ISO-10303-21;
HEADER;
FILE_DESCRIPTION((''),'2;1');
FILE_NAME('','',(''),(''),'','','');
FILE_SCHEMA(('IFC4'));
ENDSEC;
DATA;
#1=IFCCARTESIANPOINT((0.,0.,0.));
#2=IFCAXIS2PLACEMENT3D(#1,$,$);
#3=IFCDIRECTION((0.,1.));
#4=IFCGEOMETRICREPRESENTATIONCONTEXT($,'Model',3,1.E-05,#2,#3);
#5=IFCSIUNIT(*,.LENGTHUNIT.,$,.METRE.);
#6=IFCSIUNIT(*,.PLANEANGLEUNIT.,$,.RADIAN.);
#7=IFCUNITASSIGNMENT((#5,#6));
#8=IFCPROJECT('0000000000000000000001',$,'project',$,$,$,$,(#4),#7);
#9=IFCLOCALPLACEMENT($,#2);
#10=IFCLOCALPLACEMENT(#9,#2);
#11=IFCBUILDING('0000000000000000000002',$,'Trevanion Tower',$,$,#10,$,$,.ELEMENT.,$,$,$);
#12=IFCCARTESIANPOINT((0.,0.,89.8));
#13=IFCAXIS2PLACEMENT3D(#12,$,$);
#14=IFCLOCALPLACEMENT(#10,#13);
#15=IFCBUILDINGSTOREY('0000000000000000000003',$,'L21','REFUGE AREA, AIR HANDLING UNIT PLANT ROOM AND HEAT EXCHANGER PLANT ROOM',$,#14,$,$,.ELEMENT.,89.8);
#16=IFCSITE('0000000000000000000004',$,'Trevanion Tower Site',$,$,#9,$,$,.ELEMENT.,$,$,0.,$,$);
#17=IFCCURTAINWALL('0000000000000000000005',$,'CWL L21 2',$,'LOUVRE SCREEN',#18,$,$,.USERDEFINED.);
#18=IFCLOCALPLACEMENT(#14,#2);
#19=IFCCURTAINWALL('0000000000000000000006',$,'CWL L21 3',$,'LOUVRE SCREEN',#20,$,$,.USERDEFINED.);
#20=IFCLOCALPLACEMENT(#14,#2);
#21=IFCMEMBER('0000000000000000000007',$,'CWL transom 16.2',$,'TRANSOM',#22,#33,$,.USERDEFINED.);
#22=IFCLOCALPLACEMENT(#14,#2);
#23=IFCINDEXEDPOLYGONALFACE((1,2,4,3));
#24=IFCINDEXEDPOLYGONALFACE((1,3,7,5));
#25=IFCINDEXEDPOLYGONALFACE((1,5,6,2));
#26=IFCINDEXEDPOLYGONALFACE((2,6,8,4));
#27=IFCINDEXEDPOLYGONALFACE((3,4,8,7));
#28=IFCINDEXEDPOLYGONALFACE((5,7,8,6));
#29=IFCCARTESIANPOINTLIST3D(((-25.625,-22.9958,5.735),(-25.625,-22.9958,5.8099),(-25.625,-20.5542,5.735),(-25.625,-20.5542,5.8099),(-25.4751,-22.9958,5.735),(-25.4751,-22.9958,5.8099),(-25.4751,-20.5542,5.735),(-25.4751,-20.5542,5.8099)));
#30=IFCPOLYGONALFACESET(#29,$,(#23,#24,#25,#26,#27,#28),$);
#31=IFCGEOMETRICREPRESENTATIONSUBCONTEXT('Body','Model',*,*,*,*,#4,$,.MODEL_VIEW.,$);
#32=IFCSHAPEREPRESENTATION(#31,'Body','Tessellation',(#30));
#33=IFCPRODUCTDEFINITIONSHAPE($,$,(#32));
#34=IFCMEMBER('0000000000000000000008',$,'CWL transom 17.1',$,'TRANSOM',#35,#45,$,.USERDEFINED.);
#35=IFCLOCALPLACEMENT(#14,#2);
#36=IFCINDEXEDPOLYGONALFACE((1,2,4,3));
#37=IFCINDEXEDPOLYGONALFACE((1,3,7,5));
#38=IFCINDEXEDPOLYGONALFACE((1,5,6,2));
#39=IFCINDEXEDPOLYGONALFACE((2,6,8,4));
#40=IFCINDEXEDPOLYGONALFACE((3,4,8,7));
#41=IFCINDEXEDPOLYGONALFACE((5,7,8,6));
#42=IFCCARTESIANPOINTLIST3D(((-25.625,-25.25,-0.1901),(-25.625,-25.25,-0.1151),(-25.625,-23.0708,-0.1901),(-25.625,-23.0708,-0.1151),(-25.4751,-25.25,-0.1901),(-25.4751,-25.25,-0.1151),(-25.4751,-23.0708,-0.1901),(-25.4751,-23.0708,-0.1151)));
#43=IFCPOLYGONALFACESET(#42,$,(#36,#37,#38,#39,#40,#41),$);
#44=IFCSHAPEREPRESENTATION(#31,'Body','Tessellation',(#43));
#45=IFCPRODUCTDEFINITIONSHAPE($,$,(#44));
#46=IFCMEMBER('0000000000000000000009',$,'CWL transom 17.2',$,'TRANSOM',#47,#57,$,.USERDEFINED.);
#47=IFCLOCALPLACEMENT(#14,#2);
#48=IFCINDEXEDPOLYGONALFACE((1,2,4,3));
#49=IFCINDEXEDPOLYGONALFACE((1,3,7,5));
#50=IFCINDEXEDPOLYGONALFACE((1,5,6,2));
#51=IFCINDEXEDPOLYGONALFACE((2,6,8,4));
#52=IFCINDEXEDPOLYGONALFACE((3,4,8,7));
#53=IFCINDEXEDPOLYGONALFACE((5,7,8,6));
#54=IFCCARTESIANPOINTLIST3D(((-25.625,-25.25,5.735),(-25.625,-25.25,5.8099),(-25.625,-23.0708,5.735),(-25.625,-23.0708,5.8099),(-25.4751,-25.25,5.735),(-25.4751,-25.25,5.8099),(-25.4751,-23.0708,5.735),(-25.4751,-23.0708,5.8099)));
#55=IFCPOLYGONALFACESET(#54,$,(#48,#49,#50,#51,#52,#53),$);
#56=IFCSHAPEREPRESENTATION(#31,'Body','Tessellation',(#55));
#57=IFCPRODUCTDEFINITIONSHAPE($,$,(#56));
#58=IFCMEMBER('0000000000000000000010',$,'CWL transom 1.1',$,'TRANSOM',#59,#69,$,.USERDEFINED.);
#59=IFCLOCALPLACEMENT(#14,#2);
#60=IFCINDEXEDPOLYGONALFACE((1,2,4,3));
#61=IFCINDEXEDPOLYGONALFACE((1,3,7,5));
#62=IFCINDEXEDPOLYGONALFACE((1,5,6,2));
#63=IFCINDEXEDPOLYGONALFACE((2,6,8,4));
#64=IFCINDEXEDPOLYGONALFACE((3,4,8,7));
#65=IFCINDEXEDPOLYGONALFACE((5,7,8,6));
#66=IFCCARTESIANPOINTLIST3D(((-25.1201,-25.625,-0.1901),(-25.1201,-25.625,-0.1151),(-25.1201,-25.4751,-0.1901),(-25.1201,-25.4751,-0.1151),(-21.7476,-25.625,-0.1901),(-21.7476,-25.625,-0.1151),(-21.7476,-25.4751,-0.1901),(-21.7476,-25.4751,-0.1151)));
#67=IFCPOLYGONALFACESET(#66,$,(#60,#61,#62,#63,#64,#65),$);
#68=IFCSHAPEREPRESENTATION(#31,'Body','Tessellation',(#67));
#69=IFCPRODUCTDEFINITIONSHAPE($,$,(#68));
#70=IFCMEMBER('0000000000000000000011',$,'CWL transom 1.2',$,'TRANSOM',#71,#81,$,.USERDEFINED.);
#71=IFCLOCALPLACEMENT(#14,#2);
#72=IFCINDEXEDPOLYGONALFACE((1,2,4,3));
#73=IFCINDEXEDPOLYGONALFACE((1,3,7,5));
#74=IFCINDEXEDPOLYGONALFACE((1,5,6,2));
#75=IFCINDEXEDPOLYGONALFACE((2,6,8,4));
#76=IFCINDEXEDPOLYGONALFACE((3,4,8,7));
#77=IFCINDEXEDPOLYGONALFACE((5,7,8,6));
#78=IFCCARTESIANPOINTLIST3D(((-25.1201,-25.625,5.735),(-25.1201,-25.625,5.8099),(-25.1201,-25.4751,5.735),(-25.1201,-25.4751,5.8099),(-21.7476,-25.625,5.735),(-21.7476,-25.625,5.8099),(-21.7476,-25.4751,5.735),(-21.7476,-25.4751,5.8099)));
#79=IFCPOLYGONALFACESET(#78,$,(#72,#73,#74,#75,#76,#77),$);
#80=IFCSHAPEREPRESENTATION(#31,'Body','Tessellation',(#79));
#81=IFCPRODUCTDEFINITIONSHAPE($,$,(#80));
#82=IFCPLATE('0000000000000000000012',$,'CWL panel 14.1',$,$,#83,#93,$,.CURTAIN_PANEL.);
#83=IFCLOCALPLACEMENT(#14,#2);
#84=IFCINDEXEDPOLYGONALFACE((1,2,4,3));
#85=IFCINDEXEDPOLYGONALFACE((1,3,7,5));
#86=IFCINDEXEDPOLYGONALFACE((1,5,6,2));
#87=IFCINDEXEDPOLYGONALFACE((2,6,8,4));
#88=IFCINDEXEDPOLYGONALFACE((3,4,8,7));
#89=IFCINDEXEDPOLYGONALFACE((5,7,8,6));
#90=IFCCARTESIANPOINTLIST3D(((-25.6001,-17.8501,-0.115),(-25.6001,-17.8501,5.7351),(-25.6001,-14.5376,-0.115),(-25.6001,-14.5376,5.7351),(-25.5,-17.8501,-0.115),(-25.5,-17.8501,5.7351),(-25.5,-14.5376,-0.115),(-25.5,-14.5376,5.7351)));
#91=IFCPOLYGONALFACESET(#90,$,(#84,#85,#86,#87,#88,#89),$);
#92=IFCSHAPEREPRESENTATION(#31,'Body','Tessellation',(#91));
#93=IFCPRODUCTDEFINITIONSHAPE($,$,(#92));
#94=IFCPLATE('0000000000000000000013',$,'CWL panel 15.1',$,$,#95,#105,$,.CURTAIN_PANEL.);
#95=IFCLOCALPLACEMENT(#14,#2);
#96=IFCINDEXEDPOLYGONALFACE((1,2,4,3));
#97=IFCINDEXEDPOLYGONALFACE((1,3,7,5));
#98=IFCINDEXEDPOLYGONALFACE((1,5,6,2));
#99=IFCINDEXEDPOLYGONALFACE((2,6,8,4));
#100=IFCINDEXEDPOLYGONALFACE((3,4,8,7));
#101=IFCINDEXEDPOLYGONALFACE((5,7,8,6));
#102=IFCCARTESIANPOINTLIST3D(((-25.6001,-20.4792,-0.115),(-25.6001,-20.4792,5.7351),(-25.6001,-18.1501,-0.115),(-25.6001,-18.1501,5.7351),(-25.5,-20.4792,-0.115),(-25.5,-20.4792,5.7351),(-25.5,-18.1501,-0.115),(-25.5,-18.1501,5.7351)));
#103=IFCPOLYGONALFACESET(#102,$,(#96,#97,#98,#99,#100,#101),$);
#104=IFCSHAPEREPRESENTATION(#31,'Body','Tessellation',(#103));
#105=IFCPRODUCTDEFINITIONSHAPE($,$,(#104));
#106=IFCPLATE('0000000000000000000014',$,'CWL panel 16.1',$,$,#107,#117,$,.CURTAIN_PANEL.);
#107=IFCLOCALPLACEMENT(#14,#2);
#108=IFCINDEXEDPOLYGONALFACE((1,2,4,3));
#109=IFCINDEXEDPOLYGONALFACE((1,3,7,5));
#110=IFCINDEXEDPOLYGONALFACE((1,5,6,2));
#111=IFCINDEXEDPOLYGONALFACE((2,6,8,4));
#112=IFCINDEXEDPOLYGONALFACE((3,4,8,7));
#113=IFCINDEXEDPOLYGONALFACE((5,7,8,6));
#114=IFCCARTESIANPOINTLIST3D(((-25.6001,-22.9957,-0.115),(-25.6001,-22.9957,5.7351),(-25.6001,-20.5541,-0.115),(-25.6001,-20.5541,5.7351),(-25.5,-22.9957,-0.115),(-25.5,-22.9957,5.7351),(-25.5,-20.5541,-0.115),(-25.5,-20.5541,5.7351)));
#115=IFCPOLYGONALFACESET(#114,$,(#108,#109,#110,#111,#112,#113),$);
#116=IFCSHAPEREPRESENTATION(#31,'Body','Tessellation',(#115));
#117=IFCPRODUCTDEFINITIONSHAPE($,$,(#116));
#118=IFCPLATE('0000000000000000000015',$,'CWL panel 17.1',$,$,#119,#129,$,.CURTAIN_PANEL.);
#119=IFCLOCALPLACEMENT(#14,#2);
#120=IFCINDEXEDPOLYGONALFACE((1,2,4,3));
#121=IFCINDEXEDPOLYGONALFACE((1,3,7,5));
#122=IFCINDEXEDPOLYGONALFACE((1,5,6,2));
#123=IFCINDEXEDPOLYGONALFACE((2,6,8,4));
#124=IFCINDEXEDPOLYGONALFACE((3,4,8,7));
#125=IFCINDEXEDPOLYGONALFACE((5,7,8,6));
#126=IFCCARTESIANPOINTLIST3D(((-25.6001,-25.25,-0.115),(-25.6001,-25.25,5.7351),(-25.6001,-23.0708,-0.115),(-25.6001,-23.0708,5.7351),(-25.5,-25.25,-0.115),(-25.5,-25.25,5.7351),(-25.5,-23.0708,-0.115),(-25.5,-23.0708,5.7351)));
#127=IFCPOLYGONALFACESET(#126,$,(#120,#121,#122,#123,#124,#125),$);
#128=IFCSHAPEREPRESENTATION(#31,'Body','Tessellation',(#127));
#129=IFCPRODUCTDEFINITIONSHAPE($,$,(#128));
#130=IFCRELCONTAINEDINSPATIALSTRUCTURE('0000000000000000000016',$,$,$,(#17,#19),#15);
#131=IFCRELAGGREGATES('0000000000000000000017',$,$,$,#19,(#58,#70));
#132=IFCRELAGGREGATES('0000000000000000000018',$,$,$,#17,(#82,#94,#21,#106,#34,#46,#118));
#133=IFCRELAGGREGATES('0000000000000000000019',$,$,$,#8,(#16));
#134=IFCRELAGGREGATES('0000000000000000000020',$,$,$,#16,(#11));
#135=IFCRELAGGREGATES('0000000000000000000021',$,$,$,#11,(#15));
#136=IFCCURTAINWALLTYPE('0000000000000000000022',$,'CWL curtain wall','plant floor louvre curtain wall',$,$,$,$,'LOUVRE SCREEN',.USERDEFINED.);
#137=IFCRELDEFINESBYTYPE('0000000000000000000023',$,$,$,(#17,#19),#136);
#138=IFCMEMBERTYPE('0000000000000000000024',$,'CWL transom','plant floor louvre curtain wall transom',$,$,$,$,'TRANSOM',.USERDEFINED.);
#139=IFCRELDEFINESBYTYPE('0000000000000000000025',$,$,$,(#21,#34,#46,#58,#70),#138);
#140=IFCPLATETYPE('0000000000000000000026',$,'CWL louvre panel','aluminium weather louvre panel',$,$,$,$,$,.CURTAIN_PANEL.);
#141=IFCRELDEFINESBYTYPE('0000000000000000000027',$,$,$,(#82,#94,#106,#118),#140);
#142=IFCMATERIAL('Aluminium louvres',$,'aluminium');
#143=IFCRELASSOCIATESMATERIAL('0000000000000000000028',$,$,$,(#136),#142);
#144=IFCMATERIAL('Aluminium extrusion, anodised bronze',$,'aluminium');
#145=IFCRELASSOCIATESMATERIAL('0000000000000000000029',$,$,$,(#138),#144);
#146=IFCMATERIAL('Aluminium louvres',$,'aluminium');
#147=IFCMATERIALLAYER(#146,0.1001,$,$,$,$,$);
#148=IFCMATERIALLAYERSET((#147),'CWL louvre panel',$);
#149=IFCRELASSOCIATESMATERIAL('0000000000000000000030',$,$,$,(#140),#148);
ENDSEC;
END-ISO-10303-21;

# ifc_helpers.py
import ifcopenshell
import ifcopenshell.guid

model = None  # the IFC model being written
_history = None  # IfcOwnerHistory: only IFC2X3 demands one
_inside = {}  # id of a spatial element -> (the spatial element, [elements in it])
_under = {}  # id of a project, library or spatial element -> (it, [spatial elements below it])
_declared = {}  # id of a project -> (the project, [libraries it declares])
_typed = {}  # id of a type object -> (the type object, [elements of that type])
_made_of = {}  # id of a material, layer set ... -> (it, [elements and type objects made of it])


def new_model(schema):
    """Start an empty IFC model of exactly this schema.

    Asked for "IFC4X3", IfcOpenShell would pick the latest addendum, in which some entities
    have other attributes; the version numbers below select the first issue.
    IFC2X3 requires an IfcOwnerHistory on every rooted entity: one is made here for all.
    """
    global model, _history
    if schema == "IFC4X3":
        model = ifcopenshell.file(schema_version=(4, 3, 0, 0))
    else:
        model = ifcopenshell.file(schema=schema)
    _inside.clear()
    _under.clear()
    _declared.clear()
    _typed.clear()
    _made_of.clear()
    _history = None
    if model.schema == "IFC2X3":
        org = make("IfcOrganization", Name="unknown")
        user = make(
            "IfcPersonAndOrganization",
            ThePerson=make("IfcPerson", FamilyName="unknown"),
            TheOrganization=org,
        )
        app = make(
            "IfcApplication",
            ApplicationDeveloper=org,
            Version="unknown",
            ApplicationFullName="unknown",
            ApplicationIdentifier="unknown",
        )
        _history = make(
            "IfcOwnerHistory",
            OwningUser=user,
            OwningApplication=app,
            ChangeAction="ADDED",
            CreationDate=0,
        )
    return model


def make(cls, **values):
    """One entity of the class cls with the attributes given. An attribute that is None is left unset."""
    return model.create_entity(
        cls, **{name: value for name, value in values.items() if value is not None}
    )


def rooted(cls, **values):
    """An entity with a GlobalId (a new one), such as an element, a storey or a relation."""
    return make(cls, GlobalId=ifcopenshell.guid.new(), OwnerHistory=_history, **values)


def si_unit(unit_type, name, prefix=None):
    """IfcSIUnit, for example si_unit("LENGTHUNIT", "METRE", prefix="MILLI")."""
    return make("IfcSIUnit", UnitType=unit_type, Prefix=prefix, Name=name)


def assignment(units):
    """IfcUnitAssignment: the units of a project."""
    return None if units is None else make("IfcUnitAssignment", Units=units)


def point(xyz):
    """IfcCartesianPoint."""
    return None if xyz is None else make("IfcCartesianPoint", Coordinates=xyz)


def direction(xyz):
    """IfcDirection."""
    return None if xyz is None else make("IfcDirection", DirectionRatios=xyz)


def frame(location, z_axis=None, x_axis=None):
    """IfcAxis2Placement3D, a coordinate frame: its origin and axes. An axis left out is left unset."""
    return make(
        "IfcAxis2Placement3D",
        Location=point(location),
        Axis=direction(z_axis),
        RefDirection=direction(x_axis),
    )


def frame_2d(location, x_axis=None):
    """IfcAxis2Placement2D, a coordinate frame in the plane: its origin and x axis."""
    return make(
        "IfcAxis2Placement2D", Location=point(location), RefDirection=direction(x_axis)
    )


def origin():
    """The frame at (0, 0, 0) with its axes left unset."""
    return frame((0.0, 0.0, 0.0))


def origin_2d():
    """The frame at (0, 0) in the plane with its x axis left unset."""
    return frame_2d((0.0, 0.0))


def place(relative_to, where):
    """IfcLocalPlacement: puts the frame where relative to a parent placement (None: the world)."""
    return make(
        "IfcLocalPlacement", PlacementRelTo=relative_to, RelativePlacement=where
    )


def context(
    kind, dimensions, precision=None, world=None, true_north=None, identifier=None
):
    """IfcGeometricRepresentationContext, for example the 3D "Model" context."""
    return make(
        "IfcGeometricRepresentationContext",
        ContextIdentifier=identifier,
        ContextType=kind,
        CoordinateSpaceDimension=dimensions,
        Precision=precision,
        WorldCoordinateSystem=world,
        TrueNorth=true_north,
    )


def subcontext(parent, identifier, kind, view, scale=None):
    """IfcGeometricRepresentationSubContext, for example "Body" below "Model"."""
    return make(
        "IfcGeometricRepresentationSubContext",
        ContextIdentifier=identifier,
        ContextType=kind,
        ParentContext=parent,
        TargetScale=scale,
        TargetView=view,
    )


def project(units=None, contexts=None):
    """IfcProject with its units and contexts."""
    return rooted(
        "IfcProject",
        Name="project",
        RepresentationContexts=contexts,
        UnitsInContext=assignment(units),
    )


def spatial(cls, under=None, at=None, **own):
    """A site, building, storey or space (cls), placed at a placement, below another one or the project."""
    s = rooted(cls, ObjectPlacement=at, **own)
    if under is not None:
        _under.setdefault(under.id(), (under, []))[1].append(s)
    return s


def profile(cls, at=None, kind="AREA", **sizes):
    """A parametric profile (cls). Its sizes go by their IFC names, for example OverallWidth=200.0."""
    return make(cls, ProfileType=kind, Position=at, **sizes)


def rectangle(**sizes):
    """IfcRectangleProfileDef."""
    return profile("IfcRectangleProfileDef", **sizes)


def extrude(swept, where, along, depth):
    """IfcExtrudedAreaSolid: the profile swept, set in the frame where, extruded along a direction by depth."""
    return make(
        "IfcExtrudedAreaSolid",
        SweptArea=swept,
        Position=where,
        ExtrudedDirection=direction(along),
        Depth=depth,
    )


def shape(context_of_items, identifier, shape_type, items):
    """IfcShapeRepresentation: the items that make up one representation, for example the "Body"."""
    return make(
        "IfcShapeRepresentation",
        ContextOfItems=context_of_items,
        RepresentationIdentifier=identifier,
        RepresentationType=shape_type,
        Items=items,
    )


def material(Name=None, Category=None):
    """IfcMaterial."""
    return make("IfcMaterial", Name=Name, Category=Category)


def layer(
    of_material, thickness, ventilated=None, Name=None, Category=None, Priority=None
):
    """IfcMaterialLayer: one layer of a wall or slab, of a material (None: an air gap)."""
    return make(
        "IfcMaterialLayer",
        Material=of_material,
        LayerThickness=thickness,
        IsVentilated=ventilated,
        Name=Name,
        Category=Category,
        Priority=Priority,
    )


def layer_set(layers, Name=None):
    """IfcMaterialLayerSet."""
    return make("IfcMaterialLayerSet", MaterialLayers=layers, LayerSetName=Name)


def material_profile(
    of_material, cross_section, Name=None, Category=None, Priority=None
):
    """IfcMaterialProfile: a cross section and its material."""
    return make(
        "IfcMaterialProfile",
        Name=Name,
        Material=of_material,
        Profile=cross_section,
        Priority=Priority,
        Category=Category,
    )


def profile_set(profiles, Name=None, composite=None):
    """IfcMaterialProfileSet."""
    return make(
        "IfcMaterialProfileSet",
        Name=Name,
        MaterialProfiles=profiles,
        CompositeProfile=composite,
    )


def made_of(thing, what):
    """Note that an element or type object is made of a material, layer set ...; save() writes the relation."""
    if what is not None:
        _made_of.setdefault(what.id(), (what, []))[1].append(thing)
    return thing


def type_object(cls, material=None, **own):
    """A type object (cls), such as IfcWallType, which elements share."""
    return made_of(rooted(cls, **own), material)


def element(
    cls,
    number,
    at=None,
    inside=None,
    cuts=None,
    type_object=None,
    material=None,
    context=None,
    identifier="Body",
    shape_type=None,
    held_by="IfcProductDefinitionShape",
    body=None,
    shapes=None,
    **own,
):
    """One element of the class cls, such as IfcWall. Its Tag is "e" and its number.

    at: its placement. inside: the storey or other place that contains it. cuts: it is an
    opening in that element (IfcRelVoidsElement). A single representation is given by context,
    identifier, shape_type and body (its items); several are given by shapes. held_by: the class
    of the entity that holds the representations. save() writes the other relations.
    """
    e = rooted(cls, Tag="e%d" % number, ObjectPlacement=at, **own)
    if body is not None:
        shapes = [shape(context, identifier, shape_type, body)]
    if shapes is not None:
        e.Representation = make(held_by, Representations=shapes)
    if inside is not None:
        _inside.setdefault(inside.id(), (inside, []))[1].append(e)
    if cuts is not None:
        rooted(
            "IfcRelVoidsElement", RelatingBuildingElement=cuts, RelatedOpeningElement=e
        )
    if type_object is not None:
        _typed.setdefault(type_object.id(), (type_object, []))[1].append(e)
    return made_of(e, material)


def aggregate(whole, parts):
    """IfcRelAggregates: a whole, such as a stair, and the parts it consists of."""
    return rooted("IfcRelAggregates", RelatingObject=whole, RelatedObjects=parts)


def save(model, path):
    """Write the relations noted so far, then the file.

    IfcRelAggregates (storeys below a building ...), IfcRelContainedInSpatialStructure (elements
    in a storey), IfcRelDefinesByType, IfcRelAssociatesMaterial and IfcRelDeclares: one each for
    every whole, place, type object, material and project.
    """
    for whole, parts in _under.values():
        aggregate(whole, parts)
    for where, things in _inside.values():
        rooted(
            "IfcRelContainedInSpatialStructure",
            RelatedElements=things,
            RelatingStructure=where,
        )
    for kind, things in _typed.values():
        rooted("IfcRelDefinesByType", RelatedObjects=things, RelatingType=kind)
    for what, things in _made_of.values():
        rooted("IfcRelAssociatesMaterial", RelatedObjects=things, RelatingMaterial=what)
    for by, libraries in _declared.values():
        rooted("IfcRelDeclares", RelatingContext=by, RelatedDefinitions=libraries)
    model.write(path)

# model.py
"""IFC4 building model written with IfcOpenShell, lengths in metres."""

from ifc_helpers import new_model, si_unit, direction, frame, origin, origin_2d, place, context, subcontext, project, spatial, rectangle, extrude, material, layer, layer_set, material_profile, profile_set, type_object, element, aggregate, save


model = new_model("IFC4")

# Units and contexts
model_context = context("Model", 3, precision=1e-05, world=origin(), true_north=direction((0.0, 1.0)))
body_context = subcontext(model_context, "Body", "Model", "MODEL_VIEW")
ifc_project = project(units=[si_unit("LENGTHUNIT", "METRE"), si_unit("PLANEANGLEUNIT", "RADIAN")], contexts=[model_context])

# Site, building, storey
site_placement = place(None, origin())
site = spatial("IfcSite", under=ifc_project, at=site_placement, Name="Trevanion Tower Site", CompositionType="ELEMENT", RefElevation=0.0)
building_placement = place(site_placement, origin())
building = spatial("IfcBuilding", under=site, at=building_placement, Name="Trevanion Tower", CompositionType="ELEMENT")
storey_placement = place(building_placement, frame((0.0, 0.0, 89.8)))
storey = spatial("IfcBuildingStorey", under=building, at=storey_placement, Name="L21", Description="REFUGE AREA, AIR HANDLING UNIT PLANT ROOM AND HEAT EXCHANGER PLANT ROOM", CompositionType="ELEMENT", Elevation=89.8)

# Curtain wall
ifc_material_1 = material(Name="Aluminium louvres", Category="aluminium")
curtain_wall_type = type_object("IfcCurtainWallType", Name="CWL curtain wall", Description="plant floor louvre curtain wall", ElementType="LOUVRE SCREEN", PredefinedType="USERDEFINED", material=ifc_material_1)
curtain_wall_1_placement = place(storey_placement, origin())
curtain_wall_1 = element("IfcCurtainWall", 1, at=curtain_wall_1_placement, inside=storey, type_object=curtain_wall_type, Name="CWL L21 2", ObjectType="LOUVRE SCREEN", PredefinedType="USERDEFINED")

# Curtain wall
curtain_wall_2_placement = place(storey_placement, origin())
curtain_wall_2 = element("IfcCurtainWall", 2, at=curtain_wall_2_placement, inside=storey, type_object=curtain_wall_type, Name="CWL L21 3", ObjectType="LOUVRE SCREEN", PredefinedType="USERDEFINED")

# Members
ifc_material_2 = material(Name="Aluminium extrusion, anodised bronze", Category="aluminium")
ifc_material_profile_1 = material_profile(ifc_material_2, rectangle(XDim=0.1499, YDim=0.075, at=origin_2d()), Name="CWL transom")
ifc_profile_set_1 = profile_set([ifc_material_profile_1], Name="Aluminium extrusion, anodised bronze")
member_type_1 = type_object("IfcMemberType", Name="CWL transom", Description="plant floor louvre curtain wall transom", ElementType="TRANSOM", PredefinedType="USERDEFINED", material=ifc_profile_set_1)
member_1_placement = place(storey_placement, frame((-25.55, -20.5542, 5.7725), z_axis=(0.0, -1.0, 0.0), x_axis=(1.0, 0.0, 0.0)))
member_1 = element("IfcMember", 3, at=member_1_placement, type_object=member_type_1, Name="CWL transom 16.2", ObjectType="TRANSOM", PredefinedType="USERDEFINED", context=body_context, shape_type="SweptSolid", body=[
    extrude(rectangle(XDim=0.1499, YDim=0.075, at=origin_2d()), origin(), (0.0, 0.0, 1.0), 2.4417),
])
member_2_placement = place(storey_placement, frame((-25.55, -23.0708, -0.1526), z_axis=(0.0, -1.0, 0.0), x_axis=(1.0, 0.0, 0.0)))
member_2 = element("IfcMember", 4, at=member_2_placement, type_object=member_type_1, Name="CWL transom 17.1", ObjectType="TRANSOM", PredefinedType="USERDEFINED", context=body_context, shape_type="SweptSolid", body=[
    extrude(rectangle(XDim=0.1499, YDim=0.075, at=origin_2d()), origin(), (0.0, 0.0, 1.0), 2.1792),
])
member_3_placement = place(storey_placement, frame((-25.55, -23.0708, 5.7725), z_axis=(0.0, -1.0, 0.0), x_axis=(1.0, 0.0, 0.0)))
member_3 = element("IfcMember", 5, at=member_3_placement, type_object=member_type_1, Name="CWL transom 17.2", ObjectType="TRANSOM", PredefinedType="USERDEFINED", context=body_context, shape_type="SweptSolid", body=[
    extrude(rectangle(XDim=0.1499, YDim=0.075, at=origin_2d()), origin(), (0.0, 0.0, 1.0), 2.1792),
])
member_4_placement = place(storey_placement, frame((-25.1201, -25.55, -0.1526), z_axis=(1.0, 0.0, 0.0), x_axis=(0.0, 1.0, 0.0)))
member_4 = element("IfcMember", 6, at=member_4_placement, type_object=member_type_1, Name="CWL transom 1.1", ObjectType="TRANSOM", PredefinedType="USERDEFINED", context=body_context, shape_type="SweptSolid", body=[
    extrude(rectangle(XDim=0.1499, YDim=0.075, at=origin_2d()), origin(), (0.0, 0.0, 1.0), 3.3726),
])
member_5_placement = place(storey_placement, frame((-25.1201, -25.55, 5.7725), z_axis=(1.0, 0.0, 0.0), x_axis=(0.0, 1.0, 0.0)))
member_5 = element("IfcMember", 7, at=member_5_placement, type_object=member_type_1, Name="CWL transom 1.2", ObjectType="TRANSOM", PredefinedType="USERDEFINED", context=body_context, shape_type="SweptSolid", body=[
    extrude(rectangle(XDim=0.1499, YDim=0.075, at=origin_2d()), origin(), (0.0, 0.0, 1.0), 3.3726),
])
aggregate(curtain_wall_2, [member_4, member_5])

# Plates
ifc_material_3 = material(Name="Aluminium louvres", Category="aluminium")
ifc_layer = layer(ifc_material_3, 0.1001)
ifc_layer_set = layer_set([ifc_layer], Name="CWL louvre panel")
plate_type = type_object("IfcPlateType", Name="CWL louvre panel", Description="aluminium weather louvre panel", PredefinedType="CURTAIN_PANEL", material=ifc_layer_set)
plate_1_placement = place(storey_placement, frame((-25.55, -16.1938, -0.115), z_axis=(0.0, 0.0, 1.0), x_axis=(0.0, -1.0, 0.0)))
plate_1 = element("IfcPlate", 8, at=plate_1_placement, type_object=plate_type, Name="CWL panel 14.1", PredefinedType="CURTAIN_PANEL", context=body_context, shape_type="SweptSolid", body=[
    extrude(rectangle(XDim=3.3125, YDim=0.1001, at=origin_2d()), origin(), (0.0, 0.0, 1.0), 5.8501),
])
plate_2_placement = place(storey_placement, frame((-25.55, -19.3147, -0.115), z_axis=(0.0, 0.0, 1.0), x_axis=(0.0, -1.0, 0.0)))
plate_2 = element("IfcPlate", 9, at=plate_2_placement, type_object=plate_type, Name="CWL panel 15.1", PredefinedType="CURTAIN_PANEL", context=body_context, shape_type="SweptSolid", body=[
    extrude(rectangle(XDim=2.3291, YDim=0.1001, at=origin_2d()), origin(), (0.0, 0.0, 1.0), 5.8501),
])
plate_3_placement = place(storey_placement, frame((-25.55, -21.7749, -0.115), z_axis=(0.0, 0.0, 1.0), x_axis=(0.0, -1.0, 0.0)))
plate_3 = element("IfcPlate", 10, at=plate_3_placement, type_object=plate_type, Name="CWL panel 16.1", PredefinedType="CURTAIN_PANEL", context=body_context, shape_type="SweptSolid", body=[
    extrude(rectangle(XDim=2.4417, YDim=0.1001, at=origin_2d()), origin(), (0.0, 0.0, 1.0), 5.8501),
])
plate_4_placement = place(storey_placement, frame((-25.55, -24.1604, -0.115), z_axis=(0.0, 0.0, 1.0), x_axis=(0.0, -1.0, 0.0)))
plate_4 = element("IfcPlate", 11, at=plate_4_placement, type_object=plate_type, Name="CWL panel 17.1", PredefinedType="CURTAIN_PANEL", context=body_context, shape_type="SweptSolid", body=[
    extrude(rectangle(XDim=2.1792, YDim=0.1001, at=origin_2d()), origin(), (0.0, 0.0, 1.0), 5.8501),
])
aggregate(curtain_wall_1, [plate_1, plate_2, member_1, plate_3, member_2, member_3, plate_4])

save(model, "model.ifc")
